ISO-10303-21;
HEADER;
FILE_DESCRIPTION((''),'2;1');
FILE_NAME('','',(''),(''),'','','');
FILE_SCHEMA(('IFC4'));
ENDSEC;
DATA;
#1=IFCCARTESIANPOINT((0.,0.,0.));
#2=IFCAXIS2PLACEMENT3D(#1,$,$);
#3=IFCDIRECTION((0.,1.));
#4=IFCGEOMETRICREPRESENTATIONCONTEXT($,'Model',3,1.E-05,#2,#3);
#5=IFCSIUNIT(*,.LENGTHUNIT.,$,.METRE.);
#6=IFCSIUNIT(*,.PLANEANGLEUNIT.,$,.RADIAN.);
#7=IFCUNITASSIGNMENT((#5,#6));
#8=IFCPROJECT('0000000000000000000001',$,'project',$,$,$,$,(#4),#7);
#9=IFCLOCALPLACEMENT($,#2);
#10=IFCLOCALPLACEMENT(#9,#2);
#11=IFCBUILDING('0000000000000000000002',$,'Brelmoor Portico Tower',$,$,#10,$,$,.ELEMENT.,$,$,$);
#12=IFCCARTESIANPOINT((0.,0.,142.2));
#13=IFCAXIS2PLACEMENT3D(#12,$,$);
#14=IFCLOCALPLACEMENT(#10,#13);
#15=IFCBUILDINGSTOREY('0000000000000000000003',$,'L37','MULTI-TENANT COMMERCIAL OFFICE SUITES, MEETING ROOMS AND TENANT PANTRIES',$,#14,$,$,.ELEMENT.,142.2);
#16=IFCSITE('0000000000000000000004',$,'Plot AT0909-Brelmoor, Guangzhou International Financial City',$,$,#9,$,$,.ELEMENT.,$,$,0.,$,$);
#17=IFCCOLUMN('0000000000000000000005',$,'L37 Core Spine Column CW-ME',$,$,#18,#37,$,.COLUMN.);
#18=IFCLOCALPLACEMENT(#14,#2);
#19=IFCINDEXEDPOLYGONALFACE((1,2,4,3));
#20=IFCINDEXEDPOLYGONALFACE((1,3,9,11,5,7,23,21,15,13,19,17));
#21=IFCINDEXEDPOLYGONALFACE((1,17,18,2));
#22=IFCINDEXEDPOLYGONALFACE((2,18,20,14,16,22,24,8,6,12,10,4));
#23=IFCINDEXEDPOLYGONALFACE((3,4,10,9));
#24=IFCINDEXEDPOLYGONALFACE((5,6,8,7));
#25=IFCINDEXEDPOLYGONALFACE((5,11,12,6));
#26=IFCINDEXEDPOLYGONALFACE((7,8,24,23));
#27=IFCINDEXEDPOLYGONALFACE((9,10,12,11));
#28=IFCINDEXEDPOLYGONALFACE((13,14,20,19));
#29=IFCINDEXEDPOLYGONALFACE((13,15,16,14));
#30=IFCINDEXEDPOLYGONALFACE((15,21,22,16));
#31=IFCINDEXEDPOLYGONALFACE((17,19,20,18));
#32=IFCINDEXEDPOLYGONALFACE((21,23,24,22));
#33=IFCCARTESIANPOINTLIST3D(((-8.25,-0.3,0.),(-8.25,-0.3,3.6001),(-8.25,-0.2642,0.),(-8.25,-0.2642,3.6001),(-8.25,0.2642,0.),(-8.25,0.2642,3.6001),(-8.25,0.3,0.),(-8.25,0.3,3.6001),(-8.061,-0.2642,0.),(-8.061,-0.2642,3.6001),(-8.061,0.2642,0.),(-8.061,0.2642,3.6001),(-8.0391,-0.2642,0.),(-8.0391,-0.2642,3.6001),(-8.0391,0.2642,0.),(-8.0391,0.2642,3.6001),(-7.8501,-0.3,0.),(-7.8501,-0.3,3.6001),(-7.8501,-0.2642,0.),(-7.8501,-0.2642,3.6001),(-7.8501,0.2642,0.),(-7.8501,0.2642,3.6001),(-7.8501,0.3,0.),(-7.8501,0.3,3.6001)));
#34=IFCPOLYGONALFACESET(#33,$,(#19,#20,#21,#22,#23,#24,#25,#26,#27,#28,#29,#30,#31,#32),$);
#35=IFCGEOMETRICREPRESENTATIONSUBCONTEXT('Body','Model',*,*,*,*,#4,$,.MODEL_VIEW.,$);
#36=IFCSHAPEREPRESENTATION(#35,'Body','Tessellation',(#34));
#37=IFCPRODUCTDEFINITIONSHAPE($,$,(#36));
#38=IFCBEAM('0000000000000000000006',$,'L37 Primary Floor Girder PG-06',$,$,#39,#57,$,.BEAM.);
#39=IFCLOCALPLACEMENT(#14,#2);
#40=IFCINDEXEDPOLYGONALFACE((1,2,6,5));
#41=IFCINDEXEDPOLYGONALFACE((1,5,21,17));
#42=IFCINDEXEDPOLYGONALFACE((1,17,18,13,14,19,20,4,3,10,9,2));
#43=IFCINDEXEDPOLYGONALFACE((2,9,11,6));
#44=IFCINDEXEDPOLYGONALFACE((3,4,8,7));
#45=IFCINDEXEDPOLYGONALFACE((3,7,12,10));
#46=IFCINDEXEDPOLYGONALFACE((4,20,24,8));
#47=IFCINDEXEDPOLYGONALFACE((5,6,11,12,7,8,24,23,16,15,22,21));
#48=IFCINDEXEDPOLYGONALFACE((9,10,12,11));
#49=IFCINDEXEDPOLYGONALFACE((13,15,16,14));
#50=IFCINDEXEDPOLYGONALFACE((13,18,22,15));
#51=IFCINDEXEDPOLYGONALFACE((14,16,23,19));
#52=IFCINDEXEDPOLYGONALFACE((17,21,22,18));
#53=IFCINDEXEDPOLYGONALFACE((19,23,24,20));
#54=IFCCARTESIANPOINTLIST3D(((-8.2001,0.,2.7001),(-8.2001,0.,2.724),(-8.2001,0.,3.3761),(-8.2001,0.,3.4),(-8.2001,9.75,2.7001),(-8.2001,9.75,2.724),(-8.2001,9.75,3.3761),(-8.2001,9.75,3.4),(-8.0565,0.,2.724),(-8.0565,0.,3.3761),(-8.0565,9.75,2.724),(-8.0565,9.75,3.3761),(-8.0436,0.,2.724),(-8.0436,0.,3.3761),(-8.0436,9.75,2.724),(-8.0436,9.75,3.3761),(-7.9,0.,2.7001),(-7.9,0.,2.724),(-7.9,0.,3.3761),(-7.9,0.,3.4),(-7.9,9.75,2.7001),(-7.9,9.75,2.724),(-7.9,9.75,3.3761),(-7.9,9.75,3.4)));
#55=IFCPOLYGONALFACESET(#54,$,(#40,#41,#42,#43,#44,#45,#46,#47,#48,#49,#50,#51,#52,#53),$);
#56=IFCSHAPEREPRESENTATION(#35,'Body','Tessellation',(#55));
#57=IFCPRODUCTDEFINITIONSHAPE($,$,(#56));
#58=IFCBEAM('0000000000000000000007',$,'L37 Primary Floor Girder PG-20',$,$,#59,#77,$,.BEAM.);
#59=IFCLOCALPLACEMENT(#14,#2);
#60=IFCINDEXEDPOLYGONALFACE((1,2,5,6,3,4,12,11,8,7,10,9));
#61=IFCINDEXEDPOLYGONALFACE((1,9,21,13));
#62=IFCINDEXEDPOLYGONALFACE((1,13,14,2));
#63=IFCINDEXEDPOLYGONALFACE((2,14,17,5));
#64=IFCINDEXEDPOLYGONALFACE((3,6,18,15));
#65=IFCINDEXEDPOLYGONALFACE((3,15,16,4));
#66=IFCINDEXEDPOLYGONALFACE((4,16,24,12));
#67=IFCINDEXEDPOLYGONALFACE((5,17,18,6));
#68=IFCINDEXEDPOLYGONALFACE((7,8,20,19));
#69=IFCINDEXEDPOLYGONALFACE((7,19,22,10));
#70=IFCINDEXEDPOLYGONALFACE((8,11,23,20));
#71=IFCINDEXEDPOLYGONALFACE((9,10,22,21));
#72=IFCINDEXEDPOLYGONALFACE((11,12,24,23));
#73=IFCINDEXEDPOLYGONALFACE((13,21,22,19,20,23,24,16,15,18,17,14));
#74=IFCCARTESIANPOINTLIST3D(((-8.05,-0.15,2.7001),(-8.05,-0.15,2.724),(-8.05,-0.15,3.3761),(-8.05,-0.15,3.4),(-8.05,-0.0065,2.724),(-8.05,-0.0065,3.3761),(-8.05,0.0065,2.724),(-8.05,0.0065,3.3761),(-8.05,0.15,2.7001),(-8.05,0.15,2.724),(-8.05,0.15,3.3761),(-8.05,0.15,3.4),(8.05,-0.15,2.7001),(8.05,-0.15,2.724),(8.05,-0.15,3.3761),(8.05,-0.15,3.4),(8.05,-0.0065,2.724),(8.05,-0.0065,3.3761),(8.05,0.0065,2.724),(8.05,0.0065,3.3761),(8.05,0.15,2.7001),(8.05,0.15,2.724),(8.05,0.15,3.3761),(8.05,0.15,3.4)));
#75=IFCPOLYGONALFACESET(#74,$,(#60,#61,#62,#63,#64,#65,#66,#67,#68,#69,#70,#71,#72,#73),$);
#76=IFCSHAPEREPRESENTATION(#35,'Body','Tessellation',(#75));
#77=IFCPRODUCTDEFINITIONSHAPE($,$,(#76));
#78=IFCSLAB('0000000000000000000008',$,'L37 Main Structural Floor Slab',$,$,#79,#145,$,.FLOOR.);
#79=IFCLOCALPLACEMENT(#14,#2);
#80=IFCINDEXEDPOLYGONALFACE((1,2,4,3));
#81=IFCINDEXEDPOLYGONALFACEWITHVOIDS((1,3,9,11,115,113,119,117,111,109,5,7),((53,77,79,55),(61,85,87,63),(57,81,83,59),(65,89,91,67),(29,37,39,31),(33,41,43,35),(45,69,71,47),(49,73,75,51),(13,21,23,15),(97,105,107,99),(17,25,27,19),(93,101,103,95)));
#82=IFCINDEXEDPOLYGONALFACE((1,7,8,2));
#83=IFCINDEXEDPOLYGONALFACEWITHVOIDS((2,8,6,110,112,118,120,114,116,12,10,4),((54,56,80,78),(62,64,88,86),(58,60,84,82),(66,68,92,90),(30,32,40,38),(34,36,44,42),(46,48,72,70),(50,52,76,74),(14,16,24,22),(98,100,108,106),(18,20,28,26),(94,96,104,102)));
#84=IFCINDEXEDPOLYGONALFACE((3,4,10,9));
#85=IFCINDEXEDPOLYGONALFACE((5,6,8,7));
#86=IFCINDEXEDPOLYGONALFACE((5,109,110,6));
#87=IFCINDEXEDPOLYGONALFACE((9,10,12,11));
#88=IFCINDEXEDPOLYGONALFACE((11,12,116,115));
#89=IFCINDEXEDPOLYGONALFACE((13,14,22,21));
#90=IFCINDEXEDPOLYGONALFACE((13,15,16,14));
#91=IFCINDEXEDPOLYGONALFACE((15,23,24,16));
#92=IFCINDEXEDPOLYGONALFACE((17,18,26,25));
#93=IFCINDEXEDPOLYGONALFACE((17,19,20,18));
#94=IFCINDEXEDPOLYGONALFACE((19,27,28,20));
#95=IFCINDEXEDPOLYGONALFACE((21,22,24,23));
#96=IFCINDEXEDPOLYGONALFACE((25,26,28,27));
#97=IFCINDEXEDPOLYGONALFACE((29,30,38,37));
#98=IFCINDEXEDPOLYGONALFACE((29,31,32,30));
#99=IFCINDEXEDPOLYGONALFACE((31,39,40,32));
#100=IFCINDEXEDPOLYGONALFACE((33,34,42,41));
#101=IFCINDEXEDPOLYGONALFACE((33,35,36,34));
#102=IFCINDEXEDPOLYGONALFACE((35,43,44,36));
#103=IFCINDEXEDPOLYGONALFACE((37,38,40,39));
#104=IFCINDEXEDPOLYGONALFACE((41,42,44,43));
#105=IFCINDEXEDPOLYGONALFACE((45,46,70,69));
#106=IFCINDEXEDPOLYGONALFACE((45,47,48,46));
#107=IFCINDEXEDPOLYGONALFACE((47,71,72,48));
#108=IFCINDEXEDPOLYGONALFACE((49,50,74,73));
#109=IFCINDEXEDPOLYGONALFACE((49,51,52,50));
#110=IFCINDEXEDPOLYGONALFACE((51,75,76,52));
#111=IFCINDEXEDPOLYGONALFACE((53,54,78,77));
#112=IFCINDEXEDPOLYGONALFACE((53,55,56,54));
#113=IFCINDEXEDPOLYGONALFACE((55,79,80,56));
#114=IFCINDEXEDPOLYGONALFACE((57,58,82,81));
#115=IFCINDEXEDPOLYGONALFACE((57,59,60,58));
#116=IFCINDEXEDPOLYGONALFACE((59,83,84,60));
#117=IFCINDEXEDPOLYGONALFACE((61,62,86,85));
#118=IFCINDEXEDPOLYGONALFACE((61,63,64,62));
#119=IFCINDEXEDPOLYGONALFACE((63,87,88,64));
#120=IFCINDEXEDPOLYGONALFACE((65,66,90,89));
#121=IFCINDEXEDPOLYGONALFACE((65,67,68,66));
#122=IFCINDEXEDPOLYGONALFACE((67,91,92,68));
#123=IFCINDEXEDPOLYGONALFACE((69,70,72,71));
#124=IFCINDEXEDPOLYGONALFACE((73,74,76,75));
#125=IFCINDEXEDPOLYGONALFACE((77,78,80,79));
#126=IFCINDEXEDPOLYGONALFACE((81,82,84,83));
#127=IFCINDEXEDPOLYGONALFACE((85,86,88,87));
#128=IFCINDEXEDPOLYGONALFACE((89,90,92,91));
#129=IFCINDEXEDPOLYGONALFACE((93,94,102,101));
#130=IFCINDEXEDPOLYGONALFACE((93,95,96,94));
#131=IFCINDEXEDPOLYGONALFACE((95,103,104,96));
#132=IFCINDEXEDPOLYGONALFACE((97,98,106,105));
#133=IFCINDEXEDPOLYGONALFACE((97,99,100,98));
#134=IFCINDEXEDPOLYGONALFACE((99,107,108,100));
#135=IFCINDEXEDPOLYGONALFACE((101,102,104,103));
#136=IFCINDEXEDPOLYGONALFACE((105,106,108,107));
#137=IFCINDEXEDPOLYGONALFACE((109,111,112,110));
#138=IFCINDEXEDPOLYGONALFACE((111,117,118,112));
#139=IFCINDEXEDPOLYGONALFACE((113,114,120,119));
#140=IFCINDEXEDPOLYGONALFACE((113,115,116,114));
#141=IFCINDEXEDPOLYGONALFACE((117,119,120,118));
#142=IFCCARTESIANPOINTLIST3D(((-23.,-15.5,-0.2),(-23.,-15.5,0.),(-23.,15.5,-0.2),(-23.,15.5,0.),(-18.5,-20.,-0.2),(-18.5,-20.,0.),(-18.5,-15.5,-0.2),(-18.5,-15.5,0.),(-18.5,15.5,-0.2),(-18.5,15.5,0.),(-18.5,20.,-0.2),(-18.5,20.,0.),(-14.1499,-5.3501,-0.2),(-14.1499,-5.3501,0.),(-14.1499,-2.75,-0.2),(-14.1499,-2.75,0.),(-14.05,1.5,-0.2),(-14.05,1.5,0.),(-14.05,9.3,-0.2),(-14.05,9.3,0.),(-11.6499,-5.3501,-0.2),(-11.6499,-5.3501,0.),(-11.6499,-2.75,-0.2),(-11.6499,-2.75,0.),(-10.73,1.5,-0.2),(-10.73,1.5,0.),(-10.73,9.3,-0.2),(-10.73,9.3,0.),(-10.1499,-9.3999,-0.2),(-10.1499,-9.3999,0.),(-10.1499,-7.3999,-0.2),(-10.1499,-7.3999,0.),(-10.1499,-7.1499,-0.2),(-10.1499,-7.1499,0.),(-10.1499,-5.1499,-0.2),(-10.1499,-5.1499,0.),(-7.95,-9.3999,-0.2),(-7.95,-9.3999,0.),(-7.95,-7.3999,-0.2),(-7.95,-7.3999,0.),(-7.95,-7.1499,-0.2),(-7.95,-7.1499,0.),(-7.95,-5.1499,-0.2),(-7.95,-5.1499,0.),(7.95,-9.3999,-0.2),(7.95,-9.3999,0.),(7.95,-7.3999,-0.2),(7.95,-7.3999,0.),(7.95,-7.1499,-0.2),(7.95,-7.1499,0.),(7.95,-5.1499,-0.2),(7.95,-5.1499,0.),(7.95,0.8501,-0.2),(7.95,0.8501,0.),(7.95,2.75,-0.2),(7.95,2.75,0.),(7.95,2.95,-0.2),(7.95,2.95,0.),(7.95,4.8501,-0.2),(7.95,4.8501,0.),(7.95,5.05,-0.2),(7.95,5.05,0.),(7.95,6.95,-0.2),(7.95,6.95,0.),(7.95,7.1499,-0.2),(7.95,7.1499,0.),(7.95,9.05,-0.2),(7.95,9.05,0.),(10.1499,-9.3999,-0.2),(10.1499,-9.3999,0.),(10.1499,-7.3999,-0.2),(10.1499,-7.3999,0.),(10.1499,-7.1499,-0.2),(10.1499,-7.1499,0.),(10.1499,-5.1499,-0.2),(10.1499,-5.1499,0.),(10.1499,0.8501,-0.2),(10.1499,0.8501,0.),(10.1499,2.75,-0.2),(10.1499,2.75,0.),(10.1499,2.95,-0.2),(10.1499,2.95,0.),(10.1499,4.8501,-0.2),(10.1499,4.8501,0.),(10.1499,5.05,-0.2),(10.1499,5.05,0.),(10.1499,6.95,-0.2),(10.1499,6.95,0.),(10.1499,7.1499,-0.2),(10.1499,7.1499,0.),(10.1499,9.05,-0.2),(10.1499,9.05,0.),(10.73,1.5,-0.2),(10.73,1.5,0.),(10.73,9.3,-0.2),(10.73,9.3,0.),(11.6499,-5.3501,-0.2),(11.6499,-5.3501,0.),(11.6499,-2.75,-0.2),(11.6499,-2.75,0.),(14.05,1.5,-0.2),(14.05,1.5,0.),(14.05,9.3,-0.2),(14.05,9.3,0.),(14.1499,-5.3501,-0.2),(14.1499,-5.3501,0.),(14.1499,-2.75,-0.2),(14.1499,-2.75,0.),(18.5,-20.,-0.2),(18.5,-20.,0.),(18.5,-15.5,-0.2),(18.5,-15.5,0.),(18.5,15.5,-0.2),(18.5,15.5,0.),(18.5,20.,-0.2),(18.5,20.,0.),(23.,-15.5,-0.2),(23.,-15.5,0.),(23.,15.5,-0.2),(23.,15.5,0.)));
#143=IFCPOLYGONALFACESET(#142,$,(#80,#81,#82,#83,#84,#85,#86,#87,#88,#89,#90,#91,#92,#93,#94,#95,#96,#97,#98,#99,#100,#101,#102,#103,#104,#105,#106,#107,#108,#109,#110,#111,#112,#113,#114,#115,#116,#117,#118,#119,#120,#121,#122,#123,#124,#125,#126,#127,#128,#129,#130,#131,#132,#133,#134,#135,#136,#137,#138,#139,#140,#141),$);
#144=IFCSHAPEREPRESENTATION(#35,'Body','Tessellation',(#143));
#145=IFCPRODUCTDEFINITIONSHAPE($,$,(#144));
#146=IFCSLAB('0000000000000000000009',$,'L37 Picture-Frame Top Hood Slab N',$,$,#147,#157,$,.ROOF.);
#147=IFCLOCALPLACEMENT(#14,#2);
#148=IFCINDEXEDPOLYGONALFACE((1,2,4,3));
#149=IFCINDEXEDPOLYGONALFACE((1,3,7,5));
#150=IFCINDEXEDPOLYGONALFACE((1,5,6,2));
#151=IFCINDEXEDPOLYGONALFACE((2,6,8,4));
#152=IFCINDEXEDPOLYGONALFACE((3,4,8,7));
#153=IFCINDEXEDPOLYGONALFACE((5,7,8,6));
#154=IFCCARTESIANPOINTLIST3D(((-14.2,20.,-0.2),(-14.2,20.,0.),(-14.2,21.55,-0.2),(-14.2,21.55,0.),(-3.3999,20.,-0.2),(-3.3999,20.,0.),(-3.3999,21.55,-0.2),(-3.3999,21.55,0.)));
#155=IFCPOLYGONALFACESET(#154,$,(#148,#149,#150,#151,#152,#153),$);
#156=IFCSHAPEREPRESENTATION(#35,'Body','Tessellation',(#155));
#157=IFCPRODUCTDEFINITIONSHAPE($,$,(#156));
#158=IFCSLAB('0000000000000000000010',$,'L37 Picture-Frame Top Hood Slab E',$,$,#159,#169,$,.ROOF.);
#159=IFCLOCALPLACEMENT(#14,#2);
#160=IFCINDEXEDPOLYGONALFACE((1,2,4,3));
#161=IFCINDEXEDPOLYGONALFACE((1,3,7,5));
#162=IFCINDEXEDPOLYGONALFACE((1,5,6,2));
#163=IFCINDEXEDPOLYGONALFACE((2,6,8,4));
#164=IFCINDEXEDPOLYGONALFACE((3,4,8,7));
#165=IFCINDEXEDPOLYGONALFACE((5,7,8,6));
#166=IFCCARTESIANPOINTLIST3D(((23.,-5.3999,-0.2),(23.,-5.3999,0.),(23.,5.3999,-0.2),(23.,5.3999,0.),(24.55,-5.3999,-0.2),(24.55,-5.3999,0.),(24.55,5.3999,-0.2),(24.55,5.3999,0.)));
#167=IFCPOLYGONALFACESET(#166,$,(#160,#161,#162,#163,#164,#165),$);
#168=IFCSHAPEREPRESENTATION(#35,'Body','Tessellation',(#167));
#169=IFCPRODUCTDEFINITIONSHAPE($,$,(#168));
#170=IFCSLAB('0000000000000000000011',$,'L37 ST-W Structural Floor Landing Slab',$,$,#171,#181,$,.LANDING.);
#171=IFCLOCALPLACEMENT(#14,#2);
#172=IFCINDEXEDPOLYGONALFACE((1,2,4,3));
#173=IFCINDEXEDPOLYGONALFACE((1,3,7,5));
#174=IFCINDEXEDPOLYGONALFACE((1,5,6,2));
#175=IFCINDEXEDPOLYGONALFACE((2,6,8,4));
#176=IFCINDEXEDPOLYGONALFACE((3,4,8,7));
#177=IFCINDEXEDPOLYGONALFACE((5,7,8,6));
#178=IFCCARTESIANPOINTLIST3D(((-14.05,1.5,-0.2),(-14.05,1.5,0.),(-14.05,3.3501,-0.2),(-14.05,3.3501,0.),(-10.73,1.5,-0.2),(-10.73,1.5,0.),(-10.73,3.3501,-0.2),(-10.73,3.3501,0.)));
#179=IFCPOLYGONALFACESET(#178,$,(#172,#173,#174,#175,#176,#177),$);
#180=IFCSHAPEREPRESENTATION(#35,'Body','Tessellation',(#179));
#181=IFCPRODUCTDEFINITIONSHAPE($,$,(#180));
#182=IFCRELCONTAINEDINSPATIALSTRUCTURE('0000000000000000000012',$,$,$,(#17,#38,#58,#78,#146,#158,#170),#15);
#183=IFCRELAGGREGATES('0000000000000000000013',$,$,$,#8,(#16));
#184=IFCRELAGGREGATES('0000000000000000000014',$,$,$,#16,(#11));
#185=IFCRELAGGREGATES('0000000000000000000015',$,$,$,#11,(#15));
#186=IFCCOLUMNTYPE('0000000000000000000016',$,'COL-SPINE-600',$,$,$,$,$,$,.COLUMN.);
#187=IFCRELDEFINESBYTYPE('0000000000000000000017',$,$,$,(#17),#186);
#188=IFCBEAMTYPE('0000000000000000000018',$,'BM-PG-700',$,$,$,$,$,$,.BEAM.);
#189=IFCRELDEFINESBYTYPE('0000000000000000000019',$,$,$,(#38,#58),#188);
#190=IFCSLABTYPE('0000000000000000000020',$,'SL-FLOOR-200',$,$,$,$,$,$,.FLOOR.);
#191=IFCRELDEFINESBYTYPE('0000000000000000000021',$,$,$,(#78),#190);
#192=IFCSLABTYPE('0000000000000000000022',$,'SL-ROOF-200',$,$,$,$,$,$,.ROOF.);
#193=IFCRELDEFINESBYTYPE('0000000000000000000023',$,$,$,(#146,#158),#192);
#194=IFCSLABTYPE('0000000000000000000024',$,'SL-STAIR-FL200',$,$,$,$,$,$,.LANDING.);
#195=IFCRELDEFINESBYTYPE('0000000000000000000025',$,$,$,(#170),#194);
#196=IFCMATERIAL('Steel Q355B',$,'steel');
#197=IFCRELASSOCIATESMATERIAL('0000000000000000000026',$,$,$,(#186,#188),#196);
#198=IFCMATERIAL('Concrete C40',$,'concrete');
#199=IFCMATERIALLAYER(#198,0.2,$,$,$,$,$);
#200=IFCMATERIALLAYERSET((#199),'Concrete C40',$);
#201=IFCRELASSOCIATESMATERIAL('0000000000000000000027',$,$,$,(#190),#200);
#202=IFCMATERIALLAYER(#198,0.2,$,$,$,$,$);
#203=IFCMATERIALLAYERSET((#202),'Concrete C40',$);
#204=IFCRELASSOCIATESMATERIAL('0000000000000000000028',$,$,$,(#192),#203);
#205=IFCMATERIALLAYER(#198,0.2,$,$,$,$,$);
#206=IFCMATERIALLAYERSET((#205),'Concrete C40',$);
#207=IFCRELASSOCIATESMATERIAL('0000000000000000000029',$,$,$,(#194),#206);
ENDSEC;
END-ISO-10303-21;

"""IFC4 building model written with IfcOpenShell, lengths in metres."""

from ifc_helpers import new_model, si_unit, direction, frame, origin, origin_2d, place, context, subcontext, project, spatial, polyline, i_section, outline, extrude, material, layer, layer_set, material_profile, profile_set, type_object, element, save


model = new_model("IFC4")

# Units and contexts
model_context = context("Model", 3, precision=1e-05, world=origin(), true_north=direction((0.0, 1.0)))
body_context = subcontext(model_context, "Body", "Model", "MODEL_VIEW")
ifc_project = project(units=[si_unit("LENGTHUNIT", "METRE"), si_unit("PLANEANGLEUNIT", "RADIAN")], contexts=[model_context])

# Site, building, storey
site_placement = place(None, origin())
site = spatial("IfcSite", under=ifc_project, at=site_placement, Name="Plot AT0909-Brelmoor, Guangzhou International Financial City", CompositionType="ELEMENT", RefElevation=0.0)
building_placement = place(site_placement, origin())
building = spatial("IfcBuilding", under=site, at=building_placement, Name="Brelmoor Portico Tower", CompositionType="ELEMENT")
storey_placement = place(building_placement, frame((0.0, 0.0, 142.2)))
storey = spatial("IfcBuildingStorey", under=building, at=storey_placement, Name="L37", Description="MULTI-TENANT COMMERCIAL OFFICE SUITES, MEETING ROOMS AND TENANT PANTRIES", CompositionType="ELEMENT", Elevation=142.2)

# Column
ifc_material_1 = material(Name="Steel Q355B", Category="steel")
ifc_material_profile_1 = material_profile(ifc_material_1, i_section(OverallWidth=0.3999, OverallDepth=0.6001, WebThickness=0.022, FlangeThickness=0.0359, at=origin_2d()), Name="HW 600x400x22x36")
ifc_profile_set_1 = profile_set([ifc_material_profile_1], Name="Steel Q355B")
column_type = type_object("IfcColumnType", Name="COL-SPINE-600", PredefinedType="COLUMN", material=ifc_profile_set_1)
column_placement = place(storey_placement, frame((-8.05, 0.0, 0.0), z_axis=(0.0, 0.0, 1.0), x_axis=(1.0, 0.0, 0.0)))
element("IfcColumn", 1, at=column_placement, inside=storey, type_object=column_type, Name="L37 Core Spine Column CW-ME", PredefinedType="COLUMN", context=body_context, shape_type="SweptSolid", body=[
    extrude(i_section(OverallWidth=0.3999, OverallDepth=0.6001, WebThickness=0.022, FlangeThickness=0.0359, at=origin_2d()), origin(), (0.0, 0.0, 1.0), 3.6001),
])

# Beams
ifc_material_profile_2 = material_profile(ifc_material_1, i_section(OverallWidth=0.3, OverallDepth=0.7, WebThickness=0.0129, FlangeThickness=0.0239, at=origin_2d()), Name="HN 700x300x13x24")
ifc_profile_set_2 = profile_set([ifc_material_profile_2], Name="Steel Q355B")
beam_type = type_object("IfcBeamType", Name="BM-PG-700", PredefinedType="BEAM", material=ifc_profile_set_2)
beam_1_placement = place(storey_placement, frame((-8.05, 0.0, 3.05), z_axis=(0.0, 1.0, 0.0), x_axis=(-1.0, 0.0, 0.0)))
element("IfcBeam", 2, at=beam_1_placement, inside=storey, type_object=beam_type, Name="L37 Primary Floor Girder PG-06", PredefinedType="BEAM", context=body_context, shape_type="SweptSolid", body=[
    extrude(i_section(OverallWidth=0.3, OverallDepth=0.7, WebThickness=0.0129, FlangeThickness=0.0239, at=origin_2d()), origin(), (0.0, 0.0, 1.0), 9.75),
])
beam_2_placement = place(storey_placement, frame((-8.05, 0.0, 3.05), z_axis=(1.0, 0.0, 0.0), x_axis=(0.0, 1.0, 0.0)))
element("IfcBeam", 3, at=beam_2_placement, inside=storey, type_object=beam_type, Name="L37 Primary Floor Girder PG-20", PredefinedType="BEAM", context=body_context, shape_type="SweptSolid", body=[
    extrude(i_section(OverallWidth=0.3, OverallDepth=0.7, WebThickness=0.0129, FlangeThickness=0.0239, at=origin_2d()), origin(), (0.0, 0.0, 1.0), 16.1001),
])

# Slabs
ifc_material_2 = material(Name="Concrete C40", Category="concrete")
ifc_layer_1 = layer(ifc_material_2, 0.2)
ifc_layer_set_1 = layer_set([ifc_layer_1], Name="Concrete C40")
slab_type_1 = type_object("IfcSlabType", Name="SL-FLOOR-200", PredefinedType="FLOOR", material=ifc_layer_set_1)
slab_1_placement = place(storey_placement, frame((0.0, 0.0, -0.2)))
element("IfcSlab", 4, at=slab_1_placement, inside=storey, type_object=slab_type_1, Name="L37 Main Structural Floor Slab", PredefinedType="FLOOR", context=body_context, shape_type="SweptSolid", body=[
    extrude(outline(polyline([(-18.5, -20.0), (18.5, -20.0), (18.5, -15.5), (23.0, -15.5), (23.0, 15.5), (18.5, 15.5), (18.5, 20.0), (-18.5, 20.0), (-18.5, 15.5), (-23.0, 15.5), (-23.0, -15.5), (-18.5, -15.5), (-18.5, -20.0)]), holes=[polyline([(-10.73, 1.5), (-10.73, 9.3), (-14.05, 9.3), (-14.05, 1.5), (-10.73, 1.5)]), polyline([(14.05, 1.5), (14.05, 9.3), (10.73, 9.3), (10.73, 1.5), (14.05, 1.5)]), polyline([(7.95, 0.8501), (10.1499, 0.8501), (10.1499, 2.75), (7.95, 2.75), (7.95, 0.8501)]), polyline([(7.95, 2.95), (10.1499, 2.95), (10.1499, 4.8501), (7.95, 4.8501), (7.95, 2.95)]), polyline([(7.95, 5.05), (10.1499, 5.05), (10.1499, 6.95), (7.95, 6.95), (7.95, 5.05)]), polyline([(7.95, 7.1499), (10.1499, 7.1499), (10.1499, 9.05), (7.95, 9.05), (7.95, 7.1499)]), polyline([(-10.1499, -9.3999), (-7.95, -9.3999), (-7.95, -7.3999), (-10.1499, -7.3999), (-10.1499, -9.3999)]), polyline([(-10.1499, -7.1499), (-7.95, -7.1499), (-7.95, -5.1499), (-10.1499, -5.1499), (-10.1499, -7.1499)]), polyline([(7.95, -9.3999), (10.1499, -9.3999), (10.1499, -7.3999), (7.95, -7.3999), (7.95, -9.3999)]), polyline([(7.95, -7.1499), (10.1499, -7.1499), (10.1499, -5.1499), (7.95, -5.1499), (7.95, -7.1499)]), polyline([(-14.1499, -5.3501), (-11.6499, -5.3501), (-11.6499, -2.75), (-14.1499, -2.75), (-14.1499, -5.3501)]), polyline([(11.6499, -5.3501), (14.1499, -5.3501), (14.1499, -2.75), (11.6499, -2.75), (11.6499, -5.3501)])]), origin(), (0.0, 0.0, 1.0), 0.2),
])
ifc_layer_2 = layer(ifc_material_2, 0.2)
ifc_layer_set_2 = layer_set([ifc_layer_2], Name="Concrete C40")
slab_type_2 = type_object("IfcSlabType", Name="SL-ROOF-200", PredefinedType="ROOF", material=ifc_layer_set_2)
slab_2_placement = place(storey_placement, frame((0.0, 0.0, -0.2)))
element("IfcSlab", 5, at=slab_2_placement, inside=storey, type_object=slab_type_2, Name="L37 Picture-Frame Top Hood Slab N", PredefinedType="ROOF", context=body_context, shape_type="SweptSolid", body=[
    extrude(outline(polyline([(-14.2, 20.0), (-3.3999, 20.0), (-3.3999, 21.55), (-14.2, 21.55), (-14.2, 20.0)])), origin(), (0.0, 0.0, 1.0), 0.2),
])
slab_3_placement = place(storey_placement, frame((0.0, 0.0, -0.2)))
element("IfcSlab", 6, at=slab_3_placement, inside=storey, type_object=slab_type_2, Name="L37 Picture-Frame Top Hood Slab E", PredefinedType="ROOF", context=body_context, shape_type="SweptSolid", body=[
    extrude(outline(polyline([(23.0, -5.3999), (24.55, -5.3999), (24.55, 5.3999), (23.0, 5.3999), (23.0, -5.3999)])), origin(), (0.0, 0.0, 1.0), 0.2),
])
ifc_layer_3 = layer(ifc_material_2, 0.2)
ifc_layer_set_3 = layer_set([ifc_layer_3], Name="Concrete C40")
slab_type_3 = type_object("IfcSlabType", Name="SL-STAIR-FL200", PredefinedType="LANDING", material=ifc_layer_set_3)
slab_4_placement = place(storey_placement, frame((0.0, 0.0, -0.2)))
element("IfcSlab", 7, at=slab_4_placement, inside=storey, type_object=slab_type_3, Name="L37 ST-W Structural Floor Landing Slab", PredefinedType="LANDING", context=body_context, shape_type="SweptSolid", body=[
    extrude(outline(polyline([(-10.73, 1.5), (-10.73, 3.3501), (-14.05, 3.3501), (-14.05, 1.5), (-10.73, 1.5)])), origin(), (0.0, 0.0, 1.0), 0.2),
])

save(model, "model.ifc")
